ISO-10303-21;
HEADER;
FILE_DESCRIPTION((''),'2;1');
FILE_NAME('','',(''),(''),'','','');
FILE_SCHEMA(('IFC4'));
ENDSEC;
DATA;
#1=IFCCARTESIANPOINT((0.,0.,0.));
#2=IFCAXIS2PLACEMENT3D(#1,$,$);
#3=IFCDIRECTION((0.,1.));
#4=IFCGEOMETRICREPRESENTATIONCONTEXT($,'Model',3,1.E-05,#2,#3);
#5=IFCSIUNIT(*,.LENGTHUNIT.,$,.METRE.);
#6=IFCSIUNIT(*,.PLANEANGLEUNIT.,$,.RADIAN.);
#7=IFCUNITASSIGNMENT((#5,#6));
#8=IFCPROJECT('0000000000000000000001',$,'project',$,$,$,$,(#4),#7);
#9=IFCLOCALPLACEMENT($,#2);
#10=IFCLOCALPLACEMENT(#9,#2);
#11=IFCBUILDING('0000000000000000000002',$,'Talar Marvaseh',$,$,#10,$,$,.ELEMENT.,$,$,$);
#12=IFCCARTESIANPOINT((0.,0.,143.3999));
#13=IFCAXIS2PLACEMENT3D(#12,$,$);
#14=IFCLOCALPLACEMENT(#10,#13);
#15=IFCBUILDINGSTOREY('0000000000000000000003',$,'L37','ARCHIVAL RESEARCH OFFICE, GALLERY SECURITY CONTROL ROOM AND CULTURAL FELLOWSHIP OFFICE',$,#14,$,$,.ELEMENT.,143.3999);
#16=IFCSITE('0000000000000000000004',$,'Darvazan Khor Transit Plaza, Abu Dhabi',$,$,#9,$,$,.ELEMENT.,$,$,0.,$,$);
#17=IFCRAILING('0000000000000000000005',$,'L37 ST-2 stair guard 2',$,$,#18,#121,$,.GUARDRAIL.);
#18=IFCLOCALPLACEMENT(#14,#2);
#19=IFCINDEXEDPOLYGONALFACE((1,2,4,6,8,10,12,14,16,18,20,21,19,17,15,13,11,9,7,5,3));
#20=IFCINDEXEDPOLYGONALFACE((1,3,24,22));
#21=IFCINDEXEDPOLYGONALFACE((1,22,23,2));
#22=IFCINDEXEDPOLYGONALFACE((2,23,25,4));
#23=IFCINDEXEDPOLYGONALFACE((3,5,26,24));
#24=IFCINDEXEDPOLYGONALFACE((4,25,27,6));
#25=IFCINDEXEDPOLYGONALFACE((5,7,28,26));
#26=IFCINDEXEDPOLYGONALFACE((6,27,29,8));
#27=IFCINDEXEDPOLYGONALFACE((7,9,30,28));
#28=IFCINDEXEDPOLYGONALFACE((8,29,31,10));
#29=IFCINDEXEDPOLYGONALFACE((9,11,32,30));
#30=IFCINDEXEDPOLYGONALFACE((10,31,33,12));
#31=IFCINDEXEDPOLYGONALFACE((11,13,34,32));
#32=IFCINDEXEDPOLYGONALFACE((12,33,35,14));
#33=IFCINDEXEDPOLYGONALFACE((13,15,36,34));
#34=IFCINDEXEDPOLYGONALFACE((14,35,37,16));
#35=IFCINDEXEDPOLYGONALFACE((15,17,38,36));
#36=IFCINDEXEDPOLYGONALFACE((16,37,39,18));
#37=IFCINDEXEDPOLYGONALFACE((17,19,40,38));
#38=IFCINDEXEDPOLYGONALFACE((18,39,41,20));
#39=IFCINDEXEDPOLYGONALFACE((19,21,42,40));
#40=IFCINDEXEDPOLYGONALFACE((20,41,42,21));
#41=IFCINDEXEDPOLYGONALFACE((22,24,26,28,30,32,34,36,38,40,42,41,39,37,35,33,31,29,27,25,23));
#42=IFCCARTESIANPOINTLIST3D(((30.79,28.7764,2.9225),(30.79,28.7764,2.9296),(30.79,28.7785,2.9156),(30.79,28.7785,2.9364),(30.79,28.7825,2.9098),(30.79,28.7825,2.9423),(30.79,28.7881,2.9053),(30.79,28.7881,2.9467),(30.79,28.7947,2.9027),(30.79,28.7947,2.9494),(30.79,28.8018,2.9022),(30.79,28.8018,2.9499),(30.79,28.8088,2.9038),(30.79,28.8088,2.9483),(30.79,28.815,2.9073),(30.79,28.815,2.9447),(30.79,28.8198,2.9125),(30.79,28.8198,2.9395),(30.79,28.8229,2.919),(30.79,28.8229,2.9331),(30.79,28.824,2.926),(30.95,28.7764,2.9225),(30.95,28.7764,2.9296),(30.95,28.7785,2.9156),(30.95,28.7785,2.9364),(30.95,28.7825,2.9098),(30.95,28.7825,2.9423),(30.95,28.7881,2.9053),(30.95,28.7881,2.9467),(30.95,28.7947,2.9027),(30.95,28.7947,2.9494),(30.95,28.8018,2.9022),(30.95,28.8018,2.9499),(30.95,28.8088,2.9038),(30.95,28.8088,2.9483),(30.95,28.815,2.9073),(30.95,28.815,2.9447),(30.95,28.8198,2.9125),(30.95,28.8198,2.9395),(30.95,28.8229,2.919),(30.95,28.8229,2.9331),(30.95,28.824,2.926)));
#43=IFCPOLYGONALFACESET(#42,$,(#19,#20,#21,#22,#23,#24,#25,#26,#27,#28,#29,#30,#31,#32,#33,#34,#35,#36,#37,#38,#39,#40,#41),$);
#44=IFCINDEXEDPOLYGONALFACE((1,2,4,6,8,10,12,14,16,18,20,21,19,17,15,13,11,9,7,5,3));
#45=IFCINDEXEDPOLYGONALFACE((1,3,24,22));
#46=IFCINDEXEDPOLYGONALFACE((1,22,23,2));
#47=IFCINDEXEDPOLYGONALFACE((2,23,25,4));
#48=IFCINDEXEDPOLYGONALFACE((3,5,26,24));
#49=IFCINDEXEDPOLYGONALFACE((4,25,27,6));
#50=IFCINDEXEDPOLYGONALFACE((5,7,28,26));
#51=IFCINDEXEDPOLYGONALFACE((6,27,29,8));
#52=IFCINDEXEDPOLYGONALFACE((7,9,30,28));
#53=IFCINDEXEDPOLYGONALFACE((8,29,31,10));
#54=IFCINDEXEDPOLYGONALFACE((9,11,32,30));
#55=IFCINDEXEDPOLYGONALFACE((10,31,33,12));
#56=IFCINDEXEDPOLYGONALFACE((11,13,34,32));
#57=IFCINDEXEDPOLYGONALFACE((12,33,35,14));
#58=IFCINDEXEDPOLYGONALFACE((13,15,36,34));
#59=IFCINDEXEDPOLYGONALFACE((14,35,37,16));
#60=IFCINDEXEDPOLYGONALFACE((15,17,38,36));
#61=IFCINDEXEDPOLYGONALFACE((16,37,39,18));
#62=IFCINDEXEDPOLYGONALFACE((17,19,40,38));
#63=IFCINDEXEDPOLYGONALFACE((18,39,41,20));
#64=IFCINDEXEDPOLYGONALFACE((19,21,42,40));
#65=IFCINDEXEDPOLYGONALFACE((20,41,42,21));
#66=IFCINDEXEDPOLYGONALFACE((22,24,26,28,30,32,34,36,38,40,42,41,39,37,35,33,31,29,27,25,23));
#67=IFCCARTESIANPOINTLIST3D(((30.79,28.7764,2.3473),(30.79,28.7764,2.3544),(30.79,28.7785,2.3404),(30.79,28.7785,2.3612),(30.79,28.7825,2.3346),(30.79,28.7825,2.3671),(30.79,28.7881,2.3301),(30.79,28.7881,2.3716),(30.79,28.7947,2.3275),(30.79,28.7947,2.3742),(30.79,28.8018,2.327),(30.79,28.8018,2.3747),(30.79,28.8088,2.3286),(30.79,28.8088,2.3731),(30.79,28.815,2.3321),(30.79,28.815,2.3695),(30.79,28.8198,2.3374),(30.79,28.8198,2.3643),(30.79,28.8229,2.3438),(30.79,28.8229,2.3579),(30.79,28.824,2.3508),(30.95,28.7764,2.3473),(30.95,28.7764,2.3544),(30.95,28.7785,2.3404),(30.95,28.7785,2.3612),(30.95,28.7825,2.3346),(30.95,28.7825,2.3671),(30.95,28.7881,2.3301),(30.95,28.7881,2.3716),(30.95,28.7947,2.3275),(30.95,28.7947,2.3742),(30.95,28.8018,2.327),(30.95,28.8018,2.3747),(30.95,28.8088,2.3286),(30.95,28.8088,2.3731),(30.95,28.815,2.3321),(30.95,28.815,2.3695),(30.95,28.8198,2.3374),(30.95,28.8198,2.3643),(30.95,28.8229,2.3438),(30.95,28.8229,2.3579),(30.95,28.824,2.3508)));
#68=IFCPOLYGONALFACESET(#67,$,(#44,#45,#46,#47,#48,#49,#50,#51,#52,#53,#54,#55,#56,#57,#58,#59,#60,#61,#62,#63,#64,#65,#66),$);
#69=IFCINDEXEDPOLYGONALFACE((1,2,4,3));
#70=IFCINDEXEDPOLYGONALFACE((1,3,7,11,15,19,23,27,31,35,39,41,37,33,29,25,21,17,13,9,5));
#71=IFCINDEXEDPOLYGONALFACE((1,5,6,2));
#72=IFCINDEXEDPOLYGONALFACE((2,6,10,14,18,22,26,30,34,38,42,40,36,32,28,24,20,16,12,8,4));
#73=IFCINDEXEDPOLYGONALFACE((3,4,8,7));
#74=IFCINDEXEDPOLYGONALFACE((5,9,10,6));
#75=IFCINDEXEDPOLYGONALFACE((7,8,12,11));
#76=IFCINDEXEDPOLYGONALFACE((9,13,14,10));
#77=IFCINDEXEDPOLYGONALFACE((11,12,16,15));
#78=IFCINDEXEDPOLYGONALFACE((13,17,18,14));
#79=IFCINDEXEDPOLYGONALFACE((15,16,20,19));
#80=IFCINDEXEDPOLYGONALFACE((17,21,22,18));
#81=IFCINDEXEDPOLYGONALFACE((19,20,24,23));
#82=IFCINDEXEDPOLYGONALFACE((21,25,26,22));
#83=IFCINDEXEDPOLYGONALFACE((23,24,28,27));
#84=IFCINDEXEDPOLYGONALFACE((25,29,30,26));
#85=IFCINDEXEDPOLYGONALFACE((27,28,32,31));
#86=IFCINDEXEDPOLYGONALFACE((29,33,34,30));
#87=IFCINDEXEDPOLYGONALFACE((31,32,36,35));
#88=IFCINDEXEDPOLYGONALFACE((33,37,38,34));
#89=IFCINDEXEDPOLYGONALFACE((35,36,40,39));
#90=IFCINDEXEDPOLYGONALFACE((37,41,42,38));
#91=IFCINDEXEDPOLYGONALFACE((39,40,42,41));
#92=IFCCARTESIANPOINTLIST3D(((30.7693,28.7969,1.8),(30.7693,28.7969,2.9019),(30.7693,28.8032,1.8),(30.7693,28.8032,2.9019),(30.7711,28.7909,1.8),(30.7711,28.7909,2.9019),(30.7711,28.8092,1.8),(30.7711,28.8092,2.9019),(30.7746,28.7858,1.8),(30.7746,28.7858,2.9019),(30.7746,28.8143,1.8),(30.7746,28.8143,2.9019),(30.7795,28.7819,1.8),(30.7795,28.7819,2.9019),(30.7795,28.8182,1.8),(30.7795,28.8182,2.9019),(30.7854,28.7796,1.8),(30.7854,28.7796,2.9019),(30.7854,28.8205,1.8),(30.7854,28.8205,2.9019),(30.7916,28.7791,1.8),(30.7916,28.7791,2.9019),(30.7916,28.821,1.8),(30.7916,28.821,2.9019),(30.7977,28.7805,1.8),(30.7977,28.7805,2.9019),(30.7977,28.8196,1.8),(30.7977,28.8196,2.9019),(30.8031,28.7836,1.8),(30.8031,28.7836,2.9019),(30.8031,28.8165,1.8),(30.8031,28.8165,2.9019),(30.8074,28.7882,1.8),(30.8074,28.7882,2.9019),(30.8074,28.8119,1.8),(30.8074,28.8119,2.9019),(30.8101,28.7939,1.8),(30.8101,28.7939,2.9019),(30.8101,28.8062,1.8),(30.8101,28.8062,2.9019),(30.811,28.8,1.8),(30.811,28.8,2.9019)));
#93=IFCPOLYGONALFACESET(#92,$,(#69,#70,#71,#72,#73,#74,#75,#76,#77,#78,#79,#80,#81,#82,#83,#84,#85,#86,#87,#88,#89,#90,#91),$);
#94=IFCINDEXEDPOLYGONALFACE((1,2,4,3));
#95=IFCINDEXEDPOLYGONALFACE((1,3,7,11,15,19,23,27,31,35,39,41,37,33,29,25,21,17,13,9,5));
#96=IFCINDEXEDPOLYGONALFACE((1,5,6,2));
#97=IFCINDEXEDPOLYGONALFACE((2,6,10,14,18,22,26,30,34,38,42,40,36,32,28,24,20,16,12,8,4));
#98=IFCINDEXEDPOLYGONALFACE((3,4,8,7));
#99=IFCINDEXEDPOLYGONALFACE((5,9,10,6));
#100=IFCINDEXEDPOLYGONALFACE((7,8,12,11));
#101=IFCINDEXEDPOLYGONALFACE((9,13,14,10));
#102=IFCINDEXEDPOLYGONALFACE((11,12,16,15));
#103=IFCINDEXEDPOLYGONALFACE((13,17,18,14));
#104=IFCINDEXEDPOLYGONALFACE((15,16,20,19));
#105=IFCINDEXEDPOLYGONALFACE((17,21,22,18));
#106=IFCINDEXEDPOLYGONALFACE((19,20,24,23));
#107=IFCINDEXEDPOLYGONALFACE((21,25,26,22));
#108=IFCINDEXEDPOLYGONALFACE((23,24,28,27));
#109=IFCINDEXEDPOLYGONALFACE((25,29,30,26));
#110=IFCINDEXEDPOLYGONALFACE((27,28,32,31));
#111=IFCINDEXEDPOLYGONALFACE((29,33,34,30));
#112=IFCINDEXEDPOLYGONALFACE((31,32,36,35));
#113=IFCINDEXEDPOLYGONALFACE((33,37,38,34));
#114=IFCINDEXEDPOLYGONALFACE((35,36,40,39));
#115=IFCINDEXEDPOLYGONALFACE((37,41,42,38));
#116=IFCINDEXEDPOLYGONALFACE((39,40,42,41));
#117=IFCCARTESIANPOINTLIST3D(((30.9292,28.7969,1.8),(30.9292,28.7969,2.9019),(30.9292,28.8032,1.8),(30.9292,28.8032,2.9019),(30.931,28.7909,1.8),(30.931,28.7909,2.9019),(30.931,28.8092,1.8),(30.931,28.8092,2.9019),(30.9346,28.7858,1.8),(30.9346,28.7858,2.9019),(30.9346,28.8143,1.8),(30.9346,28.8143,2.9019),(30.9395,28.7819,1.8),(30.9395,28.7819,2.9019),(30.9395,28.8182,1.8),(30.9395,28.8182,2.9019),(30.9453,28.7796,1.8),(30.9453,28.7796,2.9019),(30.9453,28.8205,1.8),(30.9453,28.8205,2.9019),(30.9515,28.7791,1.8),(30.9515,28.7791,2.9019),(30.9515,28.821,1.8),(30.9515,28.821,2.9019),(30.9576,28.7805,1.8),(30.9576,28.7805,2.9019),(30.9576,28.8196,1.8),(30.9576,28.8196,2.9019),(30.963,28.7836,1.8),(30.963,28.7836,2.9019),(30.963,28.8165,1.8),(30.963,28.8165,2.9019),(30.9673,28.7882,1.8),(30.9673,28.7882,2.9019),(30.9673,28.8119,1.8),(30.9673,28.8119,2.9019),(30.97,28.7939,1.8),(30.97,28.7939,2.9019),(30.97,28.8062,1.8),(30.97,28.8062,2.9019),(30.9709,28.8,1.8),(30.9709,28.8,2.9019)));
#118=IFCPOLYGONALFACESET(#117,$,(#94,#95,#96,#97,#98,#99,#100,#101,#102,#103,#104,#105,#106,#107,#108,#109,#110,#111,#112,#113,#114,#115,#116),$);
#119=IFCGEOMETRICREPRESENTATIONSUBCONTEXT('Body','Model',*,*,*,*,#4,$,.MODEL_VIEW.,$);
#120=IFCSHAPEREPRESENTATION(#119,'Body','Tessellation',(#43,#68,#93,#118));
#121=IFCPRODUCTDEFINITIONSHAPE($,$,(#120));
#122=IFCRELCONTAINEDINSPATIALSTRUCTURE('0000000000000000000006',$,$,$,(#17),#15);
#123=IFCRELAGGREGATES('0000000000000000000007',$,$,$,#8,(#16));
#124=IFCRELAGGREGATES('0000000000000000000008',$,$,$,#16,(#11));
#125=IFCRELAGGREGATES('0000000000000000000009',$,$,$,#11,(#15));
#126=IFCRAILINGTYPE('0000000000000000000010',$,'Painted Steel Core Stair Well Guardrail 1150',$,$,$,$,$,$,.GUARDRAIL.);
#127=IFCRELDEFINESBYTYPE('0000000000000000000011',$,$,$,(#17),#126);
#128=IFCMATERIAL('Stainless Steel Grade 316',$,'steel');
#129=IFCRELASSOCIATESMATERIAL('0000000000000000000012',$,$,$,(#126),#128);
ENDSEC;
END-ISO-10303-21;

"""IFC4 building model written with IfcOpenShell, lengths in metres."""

from ifc_helpers import new_model, si_unit, direction, frame, origin, origin_2d, place, context, subcontext, project, spatial, circle, extrude, material, type_object, element, save


model = new_model("IFC4")

# Units and contexts
model_context = context("Model", 3, precision=1e-05, world=origin(), true_north=direction((0.0, 1.0)))
body_context = subcontext(model_context, "Body", "Model", "MODEL_VIEW")
ifc_project = project(units=[si_unit("LENGTHUNIT", "METRE"), si_unit("PLANEANGLEUNIT", "RADIAN")], contexts=[model_context])

# Site, building, storey
site_placement = place(None, origin())
site = spatial("IfcSite", under=ifc_project, at=site_placement, Name="Darvazan Khor Transit Plaza, Abu Dhabi", CompositionType="ELEMENT", RefElevation=0.0)
building_placement = place(site_placement, origin())
building = spatial("IfcBuilding", under=site, at=building_placement, Name="Talar Marvaseh", CompositionType="ELEMENT")
storey_placement = place(building_placement, frame((0.0, 0.0, 143.3999)))
storey = spatial("IfcBuildingStorey", under=building, at=storey_placement, Name="L37", Description="ARCHIVAL RESEARCH OFFICE, GALLERY SECURITY CONTROL ROOM AND CULTURAL FELLOWSHIP OFFICE", CompositionType="ELEMENT", Elevation=143.3999)

# Shared definitions
ifc_material_1 = material(Name="Stainless Steel Grade 316", Category="steel")

# Railing
railing_type_1 = type_object("IfcRailingType", Name="Painted Steel Core Stair Well Guardrail 1150", PredefinedType="GUARDRAIL", material=ifc_material_1)
railing_1_placement = place(storey_placement, frame((30.79, 28.8, 1.8)))
element("IfcRailing", 1, at=railing_1_placement, inside=storey, type_object=railing_type_1, Name="L37 ST-2 stair guard 2", PredefinedType="GUARDRAIL", context=body_context, shape_type="SweptSolid", body=[
    extrude(circle(Radius=0.0239, at=origin_2d()), frame((0.0, 0.0, 1.126), z_axis=(1.0, 0.0, 0.0), x_axis=(0.0, 1.0, 0.0)), (0.0, 0.0, 1.0), 0.1599),
    extrude(circle(Radius=0.0239, at=origin_2d()), frame((0.0, 0.0, 0.5508), z_axis=(1.0, 0.0, 0.0), x_axis=(0.0, 1.0, 0.0)), (0.0, 0.0, 1.0), 0.1599),
    extrude(circle(Radius=0.021, at=origin_2d()), origin(), (0.0, 0.0, 1.0), 1.1018),
    extrude(circle(Radius=0.021, at=origin_2d()), frame((0.1599, 0.0, 0.0)), (0.0, 0.0, 1.0), 1.1018),
])

save(model, "model.ifc")
